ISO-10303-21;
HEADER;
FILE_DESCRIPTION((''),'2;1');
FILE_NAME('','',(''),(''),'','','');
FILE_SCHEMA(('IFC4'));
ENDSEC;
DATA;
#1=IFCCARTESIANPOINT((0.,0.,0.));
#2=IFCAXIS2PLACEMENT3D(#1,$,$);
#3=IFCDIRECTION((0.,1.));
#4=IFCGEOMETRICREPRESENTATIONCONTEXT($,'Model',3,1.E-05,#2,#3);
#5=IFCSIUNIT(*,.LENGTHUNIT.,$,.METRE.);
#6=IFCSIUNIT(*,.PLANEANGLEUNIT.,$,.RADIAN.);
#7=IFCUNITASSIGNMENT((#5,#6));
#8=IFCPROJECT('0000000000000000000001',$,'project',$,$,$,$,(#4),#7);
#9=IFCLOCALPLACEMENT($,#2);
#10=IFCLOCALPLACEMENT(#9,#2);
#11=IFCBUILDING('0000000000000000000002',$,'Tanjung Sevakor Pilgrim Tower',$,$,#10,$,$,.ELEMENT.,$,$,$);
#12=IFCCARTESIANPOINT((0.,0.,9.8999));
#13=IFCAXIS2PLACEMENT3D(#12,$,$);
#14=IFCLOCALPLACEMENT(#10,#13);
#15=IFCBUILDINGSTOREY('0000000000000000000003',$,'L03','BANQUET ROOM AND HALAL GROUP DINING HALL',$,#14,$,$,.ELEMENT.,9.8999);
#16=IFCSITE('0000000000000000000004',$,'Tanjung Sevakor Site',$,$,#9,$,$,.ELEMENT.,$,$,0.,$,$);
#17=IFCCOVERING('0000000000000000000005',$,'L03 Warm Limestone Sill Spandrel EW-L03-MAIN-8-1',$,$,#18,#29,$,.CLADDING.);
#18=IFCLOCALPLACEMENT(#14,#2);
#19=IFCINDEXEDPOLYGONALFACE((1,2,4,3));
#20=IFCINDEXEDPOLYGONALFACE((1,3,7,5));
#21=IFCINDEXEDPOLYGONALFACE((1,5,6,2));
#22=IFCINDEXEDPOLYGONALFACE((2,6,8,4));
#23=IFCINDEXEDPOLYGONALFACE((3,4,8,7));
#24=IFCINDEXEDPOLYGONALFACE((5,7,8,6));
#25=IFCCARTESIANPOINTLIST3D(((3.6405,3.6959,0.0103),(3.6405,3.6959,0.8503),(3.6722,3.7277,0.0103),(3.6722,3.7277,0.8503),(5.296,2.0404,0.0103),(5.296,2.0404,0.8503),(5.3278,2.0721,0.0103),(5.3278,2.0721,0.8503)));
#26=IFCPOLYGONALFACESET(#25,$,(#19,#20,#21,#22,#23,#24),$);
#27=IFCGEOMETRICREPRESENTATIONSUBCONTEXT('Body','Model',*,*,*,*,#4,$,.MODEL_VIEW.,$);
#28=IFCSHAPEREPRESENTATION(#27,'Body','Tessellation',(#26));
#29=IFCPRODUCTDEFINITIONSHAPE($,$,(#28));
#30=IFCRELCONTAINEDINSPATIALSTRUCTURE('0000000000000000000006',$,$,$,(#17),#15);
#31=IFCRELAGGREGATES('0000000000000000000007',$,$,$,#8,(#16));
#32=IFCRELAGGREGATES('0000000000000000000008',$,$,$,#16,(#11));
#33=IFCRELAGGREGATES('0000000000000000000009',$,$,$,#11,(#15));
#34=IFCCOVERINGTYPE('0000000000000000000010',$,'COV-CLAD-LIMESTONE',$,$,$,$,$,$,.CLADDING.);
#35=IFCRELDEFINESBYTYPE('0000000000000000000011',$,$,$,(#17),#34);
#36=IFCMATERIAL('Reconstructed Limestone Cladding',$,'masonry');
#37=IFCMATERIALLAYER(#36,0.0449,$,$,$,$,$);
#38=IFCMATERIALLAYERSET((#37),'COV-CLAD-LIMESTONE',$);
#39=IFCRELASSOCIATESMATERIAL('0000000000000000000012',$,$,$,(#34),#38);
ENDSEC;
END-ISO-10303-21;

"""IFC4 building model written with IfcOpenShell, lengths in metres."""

from ifc_helpers import new_model, si_unit, direction, frame, origin, origin_2d, place, context, subcontext, project, spatial, rectangle, extrude, material, layer, layer_set, type_object, element, save


model = new_model("IFC4")

# Units and contexts
model_context = context("Model", 3, precision=1e-05, world=origin(), true_north=direction((0.0, 1.0)))
body_context = subcontext(model_context, "Body", "Model", "MODEL_VIEW")
ifc_project = project(units=[si_unit("LENGTHUNIT", "METRE"), si_unit("PLANEANGLEUNIT", "RADIAN")], contexts=[model_context])

# Site, building, storey
site_placement = place(None, origin())
site = spatial("IfcSite", under=ifc_project, at=site_placement, Name="Tanjung Sevakor Site", CompositionType="ELEMENT", RefElevation=0.0)
building_placement = place(site_placement, origin())
building = spatial("IfcBuilding", under=site, at=building_placement, Name="Tanjung Sevakor Pilgrim Tower", CompositionType="ELEMENT")
storey_placement = place(building_placement, frame((0.0, 0.0, 9.8999)))
storey = spatial("IfcBuildingStorey", under=building, at=storey_placement, Name="L03", Description="BANQUET ROOM AND HALAL GROUP DINING HALL", CompositionType="ELEMENT", Elevation=9.8999)

# Covering
ifc_material_1 = material(Name="Reconstructed Limestone Cladding", Category="masonry")
ifc_layer_1 = layer(ifc_material_1, 0.0449)
ifc_layer_set_1 = layer_set([ifc_layer_1], Name="COV-CLAD-LIMESTONE")
covering_type = type_object("IfcCoveringType", Name="COV-CLAD-LIMESTONE", PredefinedType="CLADDING", material=ifc_layer_set_1)
covering_placement = place(storey_placement, frame((4.4841, 2.884, 0.0103), z_axis=(0.0, 0.0, 1.0), x_axis=(0.707107, -0.707107, 0.0)))
element("IfcCovering", 1, at=covering_placement, inside=storey, type_object=covering_type, Name="L03 Warm Limestone Sill Spandrel EW-L03-MAIN-8-1", PredefinedType="CLADDING", context=body_context, shape_type="SweptSolid", body=[
    extrude(rectangle(XDim=2.3413, YDim=0.0449, at=origin_2d()), origin(), (0.0, 0.0, 1.0), 0.8401),
])

save(model, "model.ifc")
